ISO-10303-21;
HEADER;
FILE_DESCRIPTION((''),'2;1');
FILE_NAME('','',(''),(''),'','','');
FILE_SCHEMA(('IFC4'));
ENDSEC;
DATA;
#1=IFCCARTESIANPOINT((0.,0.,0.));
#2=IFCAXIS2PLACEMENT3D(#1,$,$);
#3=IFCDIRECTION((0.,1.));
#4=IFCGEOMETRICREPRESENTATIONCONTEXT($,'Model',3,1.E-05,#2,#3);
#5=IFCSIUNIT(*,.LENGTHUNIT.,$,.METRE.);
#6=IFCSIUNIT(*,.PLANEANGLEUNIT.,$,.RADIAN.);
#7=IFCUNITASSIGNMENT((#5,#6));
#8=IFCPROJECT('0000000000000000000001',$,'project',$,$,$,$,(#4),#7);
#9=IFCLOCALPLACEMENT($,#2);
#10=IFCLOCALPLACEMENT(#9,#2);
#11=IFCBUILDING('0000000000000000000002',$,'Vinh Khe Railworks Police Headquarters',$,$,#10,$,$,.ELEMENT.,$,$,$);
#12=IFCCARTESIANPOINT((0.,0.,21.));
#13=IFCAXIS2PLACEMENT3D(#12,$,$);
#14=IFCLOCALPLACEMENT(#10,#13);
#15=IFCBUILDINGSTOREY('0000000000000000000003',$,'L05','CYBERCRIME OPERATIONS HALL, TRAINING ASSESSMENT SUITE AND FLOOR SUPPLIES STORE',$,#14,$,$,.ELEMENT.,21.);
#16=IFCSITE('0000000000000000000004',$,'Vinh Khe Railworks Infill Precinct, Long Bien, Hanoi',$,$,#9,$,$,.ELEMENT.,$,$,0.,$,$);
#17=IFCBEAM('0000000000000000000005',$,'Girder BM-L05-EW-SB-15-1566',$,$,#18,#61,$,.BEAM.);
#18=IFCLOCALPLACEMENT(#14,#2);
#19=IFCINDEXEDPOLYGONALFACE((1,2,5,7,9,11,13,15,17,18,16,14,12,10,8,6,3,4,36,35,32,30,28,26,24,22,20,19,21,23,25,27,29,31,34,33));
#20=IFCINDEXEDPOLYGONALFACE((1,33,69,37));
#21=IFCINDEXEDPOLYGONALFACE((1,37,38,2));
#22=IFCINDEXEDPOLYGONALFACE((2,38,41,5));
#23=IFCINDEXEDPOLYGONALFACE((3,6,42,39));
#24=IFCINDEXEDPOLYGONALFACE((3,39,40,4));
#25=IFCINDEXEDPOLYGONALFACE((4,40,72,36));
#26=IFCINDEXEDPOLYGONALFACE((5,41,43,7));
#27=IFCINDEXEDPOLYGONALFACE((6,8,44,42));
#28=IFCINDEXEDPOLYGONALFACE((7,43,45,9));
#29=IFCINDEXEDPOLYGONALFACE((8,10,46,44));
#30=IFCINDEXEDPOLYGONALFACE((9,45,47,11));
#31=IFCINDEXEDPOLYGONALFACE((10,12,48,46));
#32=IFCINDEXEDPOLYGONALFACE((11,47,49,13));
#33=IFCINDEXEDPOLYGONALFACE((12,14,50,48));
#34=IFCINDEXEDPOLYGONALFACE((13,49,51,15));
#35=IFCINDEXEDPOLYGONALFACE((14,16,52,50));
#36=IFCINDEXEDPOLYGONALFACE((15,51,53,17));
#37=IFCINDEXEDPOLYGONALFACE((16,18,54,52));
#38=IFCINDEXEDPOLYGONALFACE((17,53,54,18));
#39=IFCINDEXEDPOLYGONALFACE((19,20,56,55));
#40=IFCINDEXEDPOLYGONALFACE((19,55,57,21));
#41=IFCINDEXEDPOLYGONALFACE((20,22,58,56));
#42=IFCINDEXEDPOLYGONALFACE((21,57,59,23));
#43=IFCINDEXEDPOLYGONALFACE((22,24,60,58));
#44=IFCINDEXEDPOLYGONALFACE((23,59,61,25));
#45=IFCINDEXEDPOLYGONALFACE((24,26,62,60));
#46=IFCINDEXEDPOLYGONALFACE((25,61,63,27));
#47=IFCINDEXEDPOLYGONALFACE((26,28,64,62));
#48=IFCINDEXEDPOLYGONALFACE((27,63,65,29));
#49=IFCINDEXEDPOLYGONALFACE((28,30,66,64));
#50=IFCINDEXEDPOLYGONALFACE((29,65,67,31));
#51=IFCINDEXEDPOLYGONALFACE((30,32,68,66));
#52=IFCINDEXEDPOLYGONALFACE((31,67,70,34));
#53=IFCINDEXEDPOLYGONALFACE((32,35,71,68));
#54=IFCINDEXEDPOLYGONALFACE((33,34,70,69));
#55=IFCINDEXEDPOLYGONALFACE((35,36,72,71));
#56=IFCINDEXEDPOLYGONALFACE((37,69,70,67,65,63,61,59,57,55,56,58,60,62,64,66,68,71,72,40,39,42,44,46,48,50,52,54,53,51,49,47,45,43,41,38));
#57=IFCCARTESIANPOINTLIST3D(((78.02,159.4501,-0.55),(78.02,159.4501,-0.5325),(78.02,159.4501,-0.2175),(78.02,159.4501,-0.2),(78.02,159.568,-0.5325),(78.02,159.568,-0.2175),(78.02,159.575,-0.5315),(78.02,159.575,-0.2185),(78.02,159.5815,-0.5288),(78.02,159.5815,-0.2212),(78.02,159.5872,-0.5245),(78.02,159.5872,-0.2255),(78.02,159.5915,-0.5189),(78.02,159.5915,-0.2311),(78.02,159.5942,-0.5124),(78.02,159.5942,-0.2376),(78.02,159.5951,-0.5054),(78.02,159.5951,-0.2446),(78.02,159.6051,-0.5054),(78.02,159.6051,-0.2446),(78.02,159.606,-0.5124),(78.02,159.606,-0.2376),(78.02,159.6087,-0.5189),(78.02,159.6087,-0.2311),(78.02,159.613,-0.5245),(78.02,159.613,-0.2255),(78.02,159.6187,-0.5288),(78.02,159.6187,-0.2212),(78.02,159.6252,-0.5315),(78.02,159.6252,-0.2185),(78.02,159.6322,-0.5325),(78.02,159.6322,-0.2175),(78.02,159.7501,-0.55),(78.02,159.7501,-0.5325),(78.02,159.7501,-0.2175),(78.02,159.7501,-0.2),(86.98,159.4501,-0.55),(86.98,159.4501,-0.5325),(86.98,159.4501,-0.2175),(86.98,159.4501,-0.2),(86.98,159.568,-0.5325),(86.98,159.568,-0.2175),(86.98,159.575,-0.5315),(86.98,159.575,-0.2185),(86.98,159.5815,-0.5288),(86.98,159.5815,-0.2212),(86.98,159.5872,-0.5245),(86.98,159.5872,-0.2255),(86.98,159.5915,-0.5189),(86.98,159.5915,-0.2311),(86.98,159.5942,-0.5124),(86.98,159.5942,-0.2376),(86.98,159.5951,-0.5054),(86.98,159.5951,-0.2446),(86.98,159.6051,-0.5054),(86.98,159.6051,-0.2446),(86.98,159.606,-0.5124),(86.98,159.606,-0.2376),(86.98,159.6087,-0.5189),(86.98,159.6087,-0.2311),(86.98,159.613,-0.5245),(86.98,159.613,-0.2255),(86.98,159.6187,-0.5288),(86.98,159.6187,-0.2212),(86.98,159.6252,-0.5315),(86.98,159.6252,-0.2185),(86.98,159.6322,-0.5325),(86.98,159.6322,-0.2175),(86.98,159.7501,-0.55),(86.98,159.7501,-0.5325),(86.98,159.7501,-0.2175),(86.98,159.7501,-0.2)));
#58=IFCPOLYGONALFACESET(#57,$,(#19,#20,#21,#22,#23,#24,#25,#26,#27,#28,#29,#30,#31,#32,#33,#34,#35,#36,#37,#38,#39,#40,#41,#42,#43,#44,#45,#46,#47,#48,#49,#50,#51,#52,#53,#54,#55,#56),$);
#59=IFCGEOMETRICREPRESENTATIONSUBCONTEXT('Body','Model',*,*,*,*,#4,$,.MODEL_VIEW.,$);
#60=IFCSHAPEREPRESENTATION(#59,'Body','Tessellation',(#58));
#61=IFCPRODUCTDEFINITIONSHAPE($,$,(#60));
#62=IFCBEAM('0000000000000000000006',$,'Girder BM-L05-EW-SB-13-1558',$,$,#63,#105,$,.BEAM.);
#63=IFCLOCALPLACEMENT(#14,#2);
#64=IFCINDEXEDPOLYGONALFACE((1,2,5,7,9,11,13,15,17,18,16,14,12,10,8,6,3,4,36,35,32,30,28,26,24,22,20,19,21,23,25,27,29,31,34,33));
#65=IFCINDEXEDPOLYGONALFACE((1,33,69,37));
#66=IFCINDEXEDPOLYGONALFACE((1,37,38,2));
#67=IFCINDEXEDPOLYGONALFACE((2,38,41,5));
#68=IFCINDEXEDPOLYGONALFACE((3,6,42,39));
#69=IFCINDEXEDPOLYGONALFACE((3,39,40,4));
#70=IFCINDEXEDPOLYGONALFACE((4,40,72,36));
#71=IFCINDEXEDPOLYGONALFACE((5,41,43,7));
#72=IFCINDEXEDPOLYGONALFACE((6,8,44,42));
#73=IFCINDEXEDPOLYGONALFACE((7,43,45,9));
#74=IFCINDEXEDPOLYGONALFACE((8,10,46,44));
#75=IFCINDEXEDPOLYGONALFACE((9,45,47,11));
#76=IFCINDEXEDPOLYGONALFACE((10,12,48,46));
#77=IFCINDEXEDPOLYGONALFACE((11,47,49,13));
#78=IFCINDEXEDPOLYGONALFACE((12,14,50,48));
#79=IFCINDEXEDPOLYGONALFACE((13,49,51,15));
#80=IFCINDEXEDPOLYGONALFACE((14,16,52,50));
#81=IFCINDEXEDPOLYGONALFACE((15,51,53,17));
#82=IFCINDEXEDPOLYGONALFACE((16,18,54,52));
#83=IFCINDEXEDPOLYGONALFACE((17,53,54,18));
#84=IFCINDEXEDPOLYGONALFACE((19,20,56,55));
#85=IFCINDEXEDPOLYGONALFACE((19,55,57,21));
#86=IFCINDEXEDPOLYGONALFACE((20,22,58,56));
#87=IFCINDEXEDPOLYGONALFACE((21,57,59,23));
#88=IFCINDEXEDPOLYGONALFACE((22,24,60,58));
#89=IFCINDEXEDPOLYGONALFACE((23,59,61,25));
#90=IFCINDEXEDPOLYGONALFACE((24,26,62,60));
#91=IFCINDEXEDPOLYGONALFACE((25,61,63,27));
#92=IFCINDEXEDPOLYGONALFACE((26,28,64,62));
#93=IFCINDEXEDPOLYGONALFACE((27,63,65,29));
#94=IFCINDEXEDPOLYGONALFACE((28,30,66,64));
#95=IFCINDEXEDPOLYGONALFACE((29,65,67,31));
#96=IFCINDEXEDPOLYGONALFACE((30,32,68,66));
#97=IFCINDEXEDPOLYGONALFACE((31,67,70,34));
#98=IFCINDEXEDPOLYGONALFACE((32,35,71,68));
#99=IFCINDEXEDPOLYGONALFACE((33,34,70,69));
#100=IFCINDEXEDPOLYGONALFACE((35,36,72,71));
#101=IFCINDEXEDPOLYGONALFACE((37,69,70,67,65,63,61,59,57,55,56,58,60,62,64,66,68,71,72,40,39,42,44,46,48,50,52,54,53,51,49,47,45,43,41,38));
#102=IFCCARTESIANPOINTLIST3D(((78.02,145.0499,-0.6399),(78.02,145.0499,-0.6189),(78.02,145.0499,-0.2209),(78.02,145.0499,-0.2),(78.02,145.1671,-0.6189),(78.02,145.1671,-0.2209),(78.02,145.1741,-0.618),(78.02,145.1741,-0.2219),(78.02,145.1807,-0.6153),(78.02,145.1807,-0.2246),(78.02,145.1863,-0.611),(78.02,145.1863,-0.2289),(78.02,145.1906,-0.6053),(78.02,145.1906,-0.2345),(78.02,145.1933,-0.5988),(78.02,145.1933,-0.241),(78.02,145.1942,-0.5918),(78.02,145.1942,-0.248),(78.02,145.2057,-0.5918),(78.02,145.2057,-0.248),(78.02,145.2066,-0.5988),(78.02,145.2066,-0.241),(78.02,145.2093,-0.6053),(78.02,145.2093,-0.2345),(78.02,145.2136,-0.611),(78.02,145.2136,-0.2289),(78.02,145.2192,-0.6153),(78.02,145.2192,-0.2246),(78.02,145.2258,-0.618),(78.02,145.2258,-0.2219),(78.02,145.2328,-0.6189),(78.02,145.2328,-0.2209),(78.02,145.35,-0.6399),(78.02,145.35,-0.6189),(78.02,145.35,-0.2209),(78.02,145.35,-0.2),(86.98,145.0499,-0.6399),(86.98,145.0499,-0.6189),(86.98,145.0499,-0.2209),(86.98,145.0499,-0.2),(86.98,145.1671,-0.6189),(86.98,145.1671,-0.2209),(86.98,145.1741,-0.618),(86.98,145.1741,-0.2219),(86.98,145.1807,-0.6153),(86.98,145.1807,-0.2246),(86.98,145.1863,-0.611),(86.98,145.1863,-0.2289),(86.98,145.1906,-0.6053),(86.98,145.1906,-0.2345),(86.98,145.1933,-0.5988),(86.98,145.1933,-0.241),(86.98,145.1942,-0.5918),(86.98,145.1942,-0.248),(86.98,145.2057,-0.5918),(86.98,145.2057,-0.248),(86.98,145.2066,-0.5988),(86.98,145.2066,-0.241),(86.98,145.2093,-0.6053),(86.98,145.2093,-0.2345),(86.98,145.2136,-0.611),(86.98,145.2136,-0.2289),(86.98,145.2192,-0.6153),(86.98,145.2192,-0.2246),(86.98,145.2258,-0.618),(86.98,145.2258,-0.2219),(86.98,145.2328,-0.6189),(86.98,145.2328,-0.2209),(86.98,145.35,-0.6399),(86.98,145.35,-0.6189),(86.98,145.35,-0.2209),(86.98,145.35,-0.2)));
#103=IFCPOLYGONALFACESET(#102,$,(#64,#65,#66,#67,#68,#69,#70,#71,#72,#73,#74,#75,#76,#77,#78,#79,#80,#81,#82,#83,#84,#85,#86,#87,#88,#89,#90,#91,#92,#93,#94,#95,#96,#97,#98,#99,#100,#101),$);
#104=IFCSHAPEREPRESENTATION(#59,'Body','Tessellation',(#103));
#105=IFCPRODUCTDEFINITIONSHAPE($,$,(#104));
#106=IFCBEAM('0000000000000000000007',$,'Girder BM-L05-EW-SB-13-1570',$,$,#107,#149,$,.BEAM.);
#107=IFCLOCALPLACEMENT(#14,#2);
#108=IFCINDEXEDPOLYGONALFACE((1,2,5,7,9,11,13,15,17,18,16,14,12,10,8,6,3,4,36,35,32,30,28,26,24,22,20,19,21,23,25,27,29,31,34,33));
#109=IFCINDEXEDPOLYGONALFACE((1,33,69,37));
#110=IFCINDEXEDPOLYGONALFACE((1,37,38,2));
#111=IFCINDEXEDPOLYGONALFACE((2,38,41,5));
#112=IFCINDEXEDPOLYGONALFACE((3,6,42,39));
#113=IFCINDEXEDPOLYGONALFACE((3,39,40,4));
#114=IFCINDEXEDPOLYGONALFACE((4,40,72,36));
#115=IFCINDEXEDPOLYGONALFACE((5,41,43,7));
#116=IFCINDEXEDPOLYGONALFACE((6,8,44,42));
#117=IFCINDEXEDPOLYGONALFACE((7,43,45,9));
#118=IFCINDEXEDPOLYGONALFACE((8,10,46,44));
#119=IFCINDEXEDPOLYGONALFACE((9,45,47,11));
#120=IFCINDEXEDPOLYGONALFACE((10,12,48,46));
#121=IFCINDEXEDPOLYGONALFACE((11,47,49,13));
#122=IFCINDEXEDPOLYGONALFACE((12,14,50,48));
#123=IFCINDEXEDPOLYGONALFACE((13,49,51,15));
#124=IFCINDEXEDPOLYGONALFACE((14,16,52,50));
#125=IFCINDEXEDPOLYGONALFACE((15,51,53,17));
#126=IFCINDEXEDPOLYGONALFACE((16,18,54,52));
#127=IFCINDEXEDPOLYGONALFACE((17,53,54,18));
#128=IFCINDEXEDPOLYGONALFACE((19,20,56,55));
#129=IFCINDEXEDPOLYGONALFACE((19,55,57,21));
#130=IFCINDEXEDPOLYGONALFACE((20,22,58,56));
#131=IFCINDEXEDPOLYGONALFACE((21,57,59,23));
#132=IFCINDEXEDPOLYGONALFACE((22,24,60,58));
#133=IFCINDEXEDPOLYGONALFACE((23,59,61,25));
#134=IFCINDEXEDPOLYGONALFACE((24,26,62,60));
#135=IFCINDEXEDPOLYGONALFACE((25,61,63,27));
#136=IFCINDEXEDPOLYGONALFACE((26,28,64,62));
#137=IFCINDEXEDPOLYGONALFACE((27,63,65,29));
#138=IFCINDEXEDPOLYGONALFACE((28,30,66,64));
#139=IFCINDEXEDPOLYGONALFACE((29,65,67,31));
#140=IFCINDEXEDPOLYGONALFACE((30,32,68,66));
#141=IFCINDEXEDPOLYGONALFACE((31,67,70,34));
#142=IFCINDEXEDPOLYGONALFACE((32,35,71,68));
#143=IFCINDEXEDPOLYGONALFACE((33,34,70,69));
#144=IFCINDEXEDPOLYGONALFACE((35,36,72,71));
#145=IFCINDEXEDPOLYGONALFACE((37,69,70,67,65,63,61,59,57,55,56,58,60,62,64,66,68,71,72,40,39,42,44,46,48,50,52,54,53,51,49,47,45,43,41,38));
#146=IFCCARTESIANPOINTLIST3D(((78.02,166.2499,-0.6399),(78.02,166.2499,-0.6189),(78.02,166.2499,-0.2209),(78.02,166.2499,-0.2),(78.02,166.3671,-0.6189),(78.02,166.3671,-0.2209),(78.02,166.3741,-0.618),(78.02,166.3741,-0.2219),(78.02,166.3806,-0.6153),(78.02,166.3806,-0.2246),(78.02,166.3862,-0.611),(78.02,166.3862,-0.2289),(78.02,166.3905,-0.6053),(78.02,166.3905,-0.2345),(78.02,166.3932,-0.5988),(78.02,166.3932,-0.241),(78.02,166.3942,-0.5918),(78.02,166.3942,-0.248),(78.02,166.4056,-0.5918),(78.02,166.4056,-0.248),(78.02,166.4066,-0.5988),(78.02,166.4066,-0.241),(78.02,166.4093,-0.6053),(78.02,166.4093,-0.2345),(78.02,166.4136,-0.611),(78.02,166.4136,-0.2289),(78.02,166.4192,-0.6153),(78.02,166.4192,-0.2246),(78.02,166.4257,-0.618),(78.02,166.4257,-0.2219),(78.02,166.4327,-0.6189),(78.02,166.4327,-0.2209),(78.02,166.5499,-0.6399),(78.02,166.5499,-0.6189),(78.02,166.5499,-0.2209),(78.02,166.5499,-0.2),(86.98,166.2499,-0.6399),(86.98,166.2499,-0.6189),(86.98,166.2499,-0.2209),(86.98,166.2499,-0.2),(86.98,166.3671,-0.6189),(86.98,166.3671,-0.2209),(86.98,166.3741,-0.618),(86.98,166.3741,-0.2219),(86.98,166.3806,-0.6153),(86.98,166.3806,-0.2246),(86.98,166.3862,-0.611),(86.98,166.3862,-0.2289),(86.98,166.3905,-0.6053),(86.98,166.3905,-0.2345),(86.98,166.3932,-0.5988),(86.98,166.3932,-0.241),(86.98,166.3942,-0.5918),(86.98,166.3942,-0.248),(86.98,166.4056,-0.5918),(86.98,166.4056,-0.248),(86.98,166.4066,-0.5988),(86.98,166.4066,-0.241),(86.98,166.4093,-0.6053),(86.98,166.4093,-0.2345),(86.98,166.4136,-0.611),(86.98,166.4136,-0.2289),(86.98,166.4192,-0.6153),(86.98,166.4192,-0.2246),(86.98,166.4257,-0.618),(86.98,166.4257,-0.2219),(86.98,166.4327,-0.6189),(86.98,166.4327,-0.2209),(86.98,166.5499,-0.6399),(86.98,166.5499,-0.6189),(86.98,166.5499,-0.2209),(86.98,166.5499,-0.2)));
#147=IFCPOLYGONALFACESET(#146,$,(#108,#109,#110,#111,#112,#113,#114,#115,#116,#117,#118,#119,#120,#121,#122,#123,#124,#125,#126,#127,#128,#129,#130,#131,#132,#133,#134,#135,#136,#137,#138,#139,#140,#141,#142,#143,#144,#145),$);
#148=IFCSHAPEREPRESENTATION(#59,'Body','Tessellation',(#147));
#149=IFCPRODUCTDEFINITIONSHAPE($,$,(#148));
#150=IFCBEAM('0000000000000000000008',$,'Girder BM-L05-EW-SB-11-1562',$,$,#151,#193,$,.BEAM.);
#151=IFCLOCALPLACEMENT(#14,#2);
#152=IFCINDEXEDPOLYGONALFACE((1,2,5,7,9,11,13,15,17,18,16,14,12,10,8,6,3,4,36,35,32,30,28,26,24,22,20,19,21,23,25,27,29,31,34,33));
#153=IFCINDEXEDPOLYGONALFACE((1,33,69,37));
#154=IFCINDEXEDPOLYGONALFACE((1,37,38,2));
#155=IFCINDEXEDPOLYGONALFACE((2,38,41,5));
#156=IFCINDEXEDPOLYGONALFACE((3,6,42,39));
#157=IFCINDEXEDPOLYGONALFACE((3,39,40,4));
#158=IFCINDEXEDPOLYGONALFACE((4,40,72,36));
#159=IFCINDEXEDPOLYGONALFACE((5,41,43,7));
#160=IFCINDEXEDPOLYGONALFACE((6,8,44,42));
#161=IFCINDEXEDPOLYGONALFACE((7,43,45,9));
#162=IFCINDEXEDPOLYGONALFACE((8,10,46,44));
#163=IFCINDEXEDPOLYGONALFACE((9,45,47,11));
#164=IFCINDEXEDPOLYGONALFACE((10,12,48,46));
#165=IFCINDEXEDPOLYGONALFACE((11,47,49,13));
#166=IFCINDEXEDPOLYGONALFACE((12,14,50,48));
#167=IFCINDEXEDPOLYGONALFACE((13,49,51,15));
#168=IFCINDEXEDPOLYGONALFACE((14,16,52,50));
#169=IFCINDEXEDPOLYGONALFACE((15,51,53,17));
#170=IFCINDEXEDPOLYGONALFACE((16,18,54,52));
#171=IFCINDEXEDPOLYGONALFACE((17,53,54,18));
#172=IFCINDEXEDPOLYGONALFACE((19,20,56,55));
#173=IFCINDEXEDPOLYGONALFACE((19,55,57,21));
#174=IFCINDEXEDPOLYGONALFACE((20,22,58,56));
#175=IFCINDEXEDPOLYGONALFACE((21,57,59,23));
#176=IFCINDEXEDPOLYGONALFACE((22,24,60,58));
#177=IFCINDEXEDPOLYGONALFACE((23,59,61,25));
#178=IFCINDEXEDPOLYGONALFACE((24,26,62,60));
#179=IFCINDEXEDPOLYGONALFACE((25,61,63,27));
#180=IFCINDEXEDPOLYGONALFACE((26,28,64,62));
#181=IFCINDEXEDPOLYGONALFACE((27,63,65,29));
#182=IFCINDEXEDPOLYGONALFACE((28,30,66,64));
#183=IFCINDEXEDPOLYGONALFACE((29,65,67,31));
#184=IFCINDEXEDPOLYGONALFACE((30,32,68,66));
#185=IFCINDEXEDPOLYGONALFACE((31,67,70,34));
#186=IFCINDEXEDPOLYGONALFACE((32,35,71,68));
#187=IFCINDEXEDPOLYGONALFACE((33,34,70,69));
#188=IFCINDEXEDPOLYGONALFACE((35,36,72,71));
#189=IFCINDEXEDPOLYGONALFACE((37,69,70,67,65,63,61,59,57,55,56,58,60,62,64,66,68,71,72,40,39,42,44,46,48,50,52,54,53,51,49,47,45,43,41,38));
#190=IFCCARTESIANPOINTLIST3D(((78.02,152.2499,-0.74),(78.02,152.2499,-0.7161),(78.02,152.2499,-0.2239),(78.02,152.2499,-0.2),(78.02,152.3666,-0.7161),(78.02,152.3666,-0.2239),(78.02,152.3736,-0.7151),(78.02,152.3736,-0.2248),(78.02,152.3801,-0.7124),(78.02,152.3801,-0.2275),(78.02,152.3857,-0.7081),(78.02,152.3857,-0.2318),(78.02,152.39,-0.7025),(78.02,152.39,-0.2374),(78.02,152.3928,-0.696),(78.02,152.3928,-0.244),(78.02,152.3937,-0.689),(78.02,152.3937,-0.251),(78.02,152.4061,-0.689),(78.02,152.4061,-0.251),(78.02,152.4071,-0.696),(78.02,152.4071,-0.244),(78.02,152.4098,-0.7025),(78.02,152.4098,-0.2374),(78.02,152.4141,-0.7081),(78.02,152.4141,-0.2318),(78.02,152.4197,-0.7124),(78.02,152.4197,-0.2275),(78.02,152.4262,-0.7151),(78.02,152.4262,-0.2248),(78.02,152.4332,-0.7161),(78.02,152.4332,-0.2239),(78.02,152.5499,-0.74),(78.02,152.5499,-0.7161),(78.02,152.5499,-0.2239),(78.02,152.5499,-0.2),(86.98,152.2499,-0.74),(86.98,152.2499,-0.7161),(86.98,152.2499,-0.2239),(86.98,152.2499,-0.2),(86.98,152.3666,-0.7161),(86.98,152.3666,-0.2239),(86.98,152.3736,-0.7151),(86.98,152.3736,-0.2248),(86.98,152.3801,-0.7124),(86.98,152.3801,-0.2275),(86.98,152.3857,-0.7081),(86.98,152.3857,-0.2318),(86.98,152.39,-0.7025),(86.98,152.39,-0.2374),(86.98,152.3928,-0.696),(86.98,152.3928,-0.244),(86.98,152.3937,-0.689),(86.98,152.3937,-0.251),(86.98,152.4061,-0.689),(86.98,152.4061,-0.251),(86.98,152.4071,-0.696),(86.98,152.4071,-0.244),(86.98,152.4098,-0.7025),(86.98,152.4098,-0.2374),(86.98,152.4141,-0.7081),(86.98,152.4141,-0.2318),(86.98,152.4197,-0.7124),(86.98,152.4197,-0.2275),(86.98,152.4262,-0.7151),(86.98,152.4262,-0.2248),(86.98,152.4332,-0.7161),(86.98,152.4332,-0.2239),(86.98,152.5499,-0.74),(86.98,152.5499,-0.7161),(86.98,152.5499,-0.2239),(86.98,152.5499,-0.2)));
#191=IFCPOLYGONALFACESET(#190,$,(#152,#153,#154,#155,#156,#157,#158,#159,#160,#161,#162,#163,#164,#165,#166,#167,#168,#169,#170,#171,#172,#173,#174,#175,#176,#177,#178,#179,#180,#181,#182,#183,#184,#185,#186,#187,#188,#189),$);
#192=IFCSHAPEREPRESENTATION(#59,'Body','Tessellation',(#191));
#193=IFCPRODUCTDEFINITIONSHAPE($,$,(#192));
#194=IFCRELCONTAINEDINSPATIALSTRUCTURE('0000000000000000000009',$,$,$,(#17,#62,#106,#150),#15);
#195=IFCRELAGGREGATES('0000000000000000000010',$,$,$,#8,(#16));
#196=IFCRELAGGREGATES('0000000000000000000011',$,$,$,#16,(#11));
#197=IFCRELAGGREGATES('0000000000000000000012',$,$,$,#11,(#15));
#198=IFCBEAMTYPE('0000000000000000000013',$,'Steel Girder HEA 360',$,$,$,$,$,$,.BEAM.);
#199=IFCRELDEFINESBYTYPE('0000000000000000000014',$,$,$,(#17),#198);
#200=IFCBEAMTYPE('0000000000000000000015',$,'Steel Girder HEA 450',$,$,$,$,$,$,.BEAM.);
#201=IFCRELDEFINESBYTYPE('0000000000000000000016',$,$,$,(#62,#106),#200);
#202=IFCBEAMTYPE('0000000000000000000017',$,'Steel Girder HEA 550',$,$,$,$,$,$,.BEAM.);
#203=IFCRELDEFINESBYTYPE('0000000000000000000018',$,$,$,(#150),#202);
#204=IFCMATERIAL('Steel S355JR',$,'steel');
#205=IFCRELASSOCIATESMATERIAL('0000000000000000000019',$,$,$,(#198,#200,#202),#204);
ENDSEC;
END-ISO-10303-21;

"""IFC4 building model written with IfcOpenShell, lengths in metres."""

from ifc_helpers import new_model, si_unit, direction, frame, origin, origin_2d, place, context, subcontext, project, spatial, i_section, extrude, material, material_profile, profile_set, type_object, element, save


model = new_model("IFC4")

# Units and contexts
model_context = context("Model", 3, precision=1e-05, world=origin(), true_north=direction((0.0, 1.0)))
body_context = subcontext(model_context, "Body", "Model", "MODEL_VIEW")
ifc_project = project(units=[si_unit("LENGTHUNIT", "METRE"), si_unit("PLANEANGLEUNIT", "RADIAN")], contexts=[model_context])

# Site, building, storey
site_placement = place(None, origin())
site = spatial("IfcSite", under=ifc_project, at=site_placement, Name="Vinh Khe Railworks Infill Precinct, Long Bien, Hanoi", CompositionType="ELEMENT", RefElevation=0.0)
building_placement = place(site_placement, origin())
building = spatial("IfcBuilding", under=site, at=building_placement, Name="Vinh Khe Railworks Police Headquarters", CompositionType="ELEMENT")
storey_placement = place(building_placement, frame((0.0, 0.0, 21.0)))
storey = spatial("IfcBuildingStorey", under=building, at=storey_placement, Name="L05", Description="CYBERCRIME OPERATIONS HALL, TRAINING ASSESSMENT SUITE AND FLOOR SUPPLIES STORE", CompositionType="ELEMENT", Elevation=21.0)

# Shared definitions
ifc_material_1 = material(Name="Steel S355JR", Category="steel")

# Beams
ifc_material_profile_1 = material_profile(ifc_material_1, i_section(OverallWidth=0.3, OverallDepth=0.3501, WebThickness=0.01, FlangeThickness=0.0176, FilletRadius=0.0271, at=origin_2d()), Name="HEA 360")
ifc_profile_set_1 = profile_set([ifc_material_profile_1], Name="Steel S355JR")
beam_type_1 = type_object("IfcBeamType", Name="Steel Girder HEA 360", PredefinedType="BEAM", material=ifc_profile_set_1)
beam_1_placement = place(storey_placement, frame((78.02, 159.6001, -0.375), z_axis=(1.0, 0.0, 0.0), x_axis=(0.0, 1.0, 0.0)))
element("IfcBeam", 1, at=beam_1_placement, inside=storey, type_object=beam_type_1, Name="Girder BM-L05-EW-SB-15-1566", PredefinedType="BEAM", context=body_context, shape_type="SweptSolid", body=[
    extrude(i_section(OverallWidth=0.3, OverallDepth=0.3501, WebThickness=0.01, FlangeThickness=0.0176, FilletRadius=0.0271, at=origin_2d()), origin(), (0.0, 0.0, 1.0), 8.96),
])
ifc_material_profile_2 = material_profile(ifc_material_1, i_section(OverallWidth=0.3, OverallDepth=0.4399, WebThickness=0.0115, FlangeThickness=0.021, FilletRadius=0.0271, at=origin_2d()), Name="HEA 450")
ifc_profile_set_2 = profile_set([ifc_material_profile_2], Name="Steel S355JR")
beam_type_2 = type_object("IfcBeamType", Name="Steel Girder HEA 450", PredefinedType="BEAM", material=ifc_profile_set_2)
for number, where, z_axis, x_axis, name in (
    (2, (78.02, 145.2, -0.4199), (1.0, 0.0, 0.0), (0.0, 1.0, 0.0), "Girder BM-L05-EW-SB-13-1558"),
    (3, (78.02, 166.3999, -0.4199), (1.0, 0.0, 0.0), (0.0, 1.0, 0.0), "Girder BM-L05-EW-SB-13-1570"),
):
    element("IfcBeam", number, at=place(storey_placement, frame(where, z_axis=z_axis, x_axis=x_axis)), inside=storey, type_object=beam_type_2, Name=name, PredefinedType="BEAM", context=body_context, shape_type="SweptSolid", body=[
        extrude(i_section(OverallWidth=0.3, OverallDepth=0.4399, WebThickness=0.0115, FlangeThickness=0.021, FilletRadius=0.0271, at=origin_2d()), origin(), (0.0, 0.0, 1.0), 8.96),
    ])
ifc_material_profile_3 = material_profile(ifc_material_1, i_section(OverallWidth=0.3, OverallDepth=0.54, WebThickness=0.0125, FlangeThickness=0.0239, FilletRadius=0.0271, at=origin_2d()), Name="HEA 550")
ifc_profile_set_3 = profile_set([ifc_material_profile_3], Name="Steel S355JR")
beam_type_3 = type_object("IfcBeamType", Name="Steel Girder HEA 550", PredefinedType="BEAM", material=ifc_profile_set_3)
beam_2_placement = place(storey_placement, frame((78.02, 152.3999, -0.47), z_axis=(1.0, 0.0, 0.0), x_axis=(0.0, 1.0, 0.0)))
element("IfcBeam", 4, at=beam_2_placement, inside=storey, type_object=beam_type_3, Name="Girder BM-L05-EW-SB-11-1562", PredefinedType="BEAM", context=body_context, shape_type="SweptSolid", body=[
    extrude(i_section(OverallWidth=0.3, OverallDepth=0.54, WebThickness=0.0125, FlangeThickness=0.0239, FilletRadius=0.0271, at=origin_2d()), origin(), (0.0, 0.0, 1.0), 8.96),
])

save(model, "model.ifc")
